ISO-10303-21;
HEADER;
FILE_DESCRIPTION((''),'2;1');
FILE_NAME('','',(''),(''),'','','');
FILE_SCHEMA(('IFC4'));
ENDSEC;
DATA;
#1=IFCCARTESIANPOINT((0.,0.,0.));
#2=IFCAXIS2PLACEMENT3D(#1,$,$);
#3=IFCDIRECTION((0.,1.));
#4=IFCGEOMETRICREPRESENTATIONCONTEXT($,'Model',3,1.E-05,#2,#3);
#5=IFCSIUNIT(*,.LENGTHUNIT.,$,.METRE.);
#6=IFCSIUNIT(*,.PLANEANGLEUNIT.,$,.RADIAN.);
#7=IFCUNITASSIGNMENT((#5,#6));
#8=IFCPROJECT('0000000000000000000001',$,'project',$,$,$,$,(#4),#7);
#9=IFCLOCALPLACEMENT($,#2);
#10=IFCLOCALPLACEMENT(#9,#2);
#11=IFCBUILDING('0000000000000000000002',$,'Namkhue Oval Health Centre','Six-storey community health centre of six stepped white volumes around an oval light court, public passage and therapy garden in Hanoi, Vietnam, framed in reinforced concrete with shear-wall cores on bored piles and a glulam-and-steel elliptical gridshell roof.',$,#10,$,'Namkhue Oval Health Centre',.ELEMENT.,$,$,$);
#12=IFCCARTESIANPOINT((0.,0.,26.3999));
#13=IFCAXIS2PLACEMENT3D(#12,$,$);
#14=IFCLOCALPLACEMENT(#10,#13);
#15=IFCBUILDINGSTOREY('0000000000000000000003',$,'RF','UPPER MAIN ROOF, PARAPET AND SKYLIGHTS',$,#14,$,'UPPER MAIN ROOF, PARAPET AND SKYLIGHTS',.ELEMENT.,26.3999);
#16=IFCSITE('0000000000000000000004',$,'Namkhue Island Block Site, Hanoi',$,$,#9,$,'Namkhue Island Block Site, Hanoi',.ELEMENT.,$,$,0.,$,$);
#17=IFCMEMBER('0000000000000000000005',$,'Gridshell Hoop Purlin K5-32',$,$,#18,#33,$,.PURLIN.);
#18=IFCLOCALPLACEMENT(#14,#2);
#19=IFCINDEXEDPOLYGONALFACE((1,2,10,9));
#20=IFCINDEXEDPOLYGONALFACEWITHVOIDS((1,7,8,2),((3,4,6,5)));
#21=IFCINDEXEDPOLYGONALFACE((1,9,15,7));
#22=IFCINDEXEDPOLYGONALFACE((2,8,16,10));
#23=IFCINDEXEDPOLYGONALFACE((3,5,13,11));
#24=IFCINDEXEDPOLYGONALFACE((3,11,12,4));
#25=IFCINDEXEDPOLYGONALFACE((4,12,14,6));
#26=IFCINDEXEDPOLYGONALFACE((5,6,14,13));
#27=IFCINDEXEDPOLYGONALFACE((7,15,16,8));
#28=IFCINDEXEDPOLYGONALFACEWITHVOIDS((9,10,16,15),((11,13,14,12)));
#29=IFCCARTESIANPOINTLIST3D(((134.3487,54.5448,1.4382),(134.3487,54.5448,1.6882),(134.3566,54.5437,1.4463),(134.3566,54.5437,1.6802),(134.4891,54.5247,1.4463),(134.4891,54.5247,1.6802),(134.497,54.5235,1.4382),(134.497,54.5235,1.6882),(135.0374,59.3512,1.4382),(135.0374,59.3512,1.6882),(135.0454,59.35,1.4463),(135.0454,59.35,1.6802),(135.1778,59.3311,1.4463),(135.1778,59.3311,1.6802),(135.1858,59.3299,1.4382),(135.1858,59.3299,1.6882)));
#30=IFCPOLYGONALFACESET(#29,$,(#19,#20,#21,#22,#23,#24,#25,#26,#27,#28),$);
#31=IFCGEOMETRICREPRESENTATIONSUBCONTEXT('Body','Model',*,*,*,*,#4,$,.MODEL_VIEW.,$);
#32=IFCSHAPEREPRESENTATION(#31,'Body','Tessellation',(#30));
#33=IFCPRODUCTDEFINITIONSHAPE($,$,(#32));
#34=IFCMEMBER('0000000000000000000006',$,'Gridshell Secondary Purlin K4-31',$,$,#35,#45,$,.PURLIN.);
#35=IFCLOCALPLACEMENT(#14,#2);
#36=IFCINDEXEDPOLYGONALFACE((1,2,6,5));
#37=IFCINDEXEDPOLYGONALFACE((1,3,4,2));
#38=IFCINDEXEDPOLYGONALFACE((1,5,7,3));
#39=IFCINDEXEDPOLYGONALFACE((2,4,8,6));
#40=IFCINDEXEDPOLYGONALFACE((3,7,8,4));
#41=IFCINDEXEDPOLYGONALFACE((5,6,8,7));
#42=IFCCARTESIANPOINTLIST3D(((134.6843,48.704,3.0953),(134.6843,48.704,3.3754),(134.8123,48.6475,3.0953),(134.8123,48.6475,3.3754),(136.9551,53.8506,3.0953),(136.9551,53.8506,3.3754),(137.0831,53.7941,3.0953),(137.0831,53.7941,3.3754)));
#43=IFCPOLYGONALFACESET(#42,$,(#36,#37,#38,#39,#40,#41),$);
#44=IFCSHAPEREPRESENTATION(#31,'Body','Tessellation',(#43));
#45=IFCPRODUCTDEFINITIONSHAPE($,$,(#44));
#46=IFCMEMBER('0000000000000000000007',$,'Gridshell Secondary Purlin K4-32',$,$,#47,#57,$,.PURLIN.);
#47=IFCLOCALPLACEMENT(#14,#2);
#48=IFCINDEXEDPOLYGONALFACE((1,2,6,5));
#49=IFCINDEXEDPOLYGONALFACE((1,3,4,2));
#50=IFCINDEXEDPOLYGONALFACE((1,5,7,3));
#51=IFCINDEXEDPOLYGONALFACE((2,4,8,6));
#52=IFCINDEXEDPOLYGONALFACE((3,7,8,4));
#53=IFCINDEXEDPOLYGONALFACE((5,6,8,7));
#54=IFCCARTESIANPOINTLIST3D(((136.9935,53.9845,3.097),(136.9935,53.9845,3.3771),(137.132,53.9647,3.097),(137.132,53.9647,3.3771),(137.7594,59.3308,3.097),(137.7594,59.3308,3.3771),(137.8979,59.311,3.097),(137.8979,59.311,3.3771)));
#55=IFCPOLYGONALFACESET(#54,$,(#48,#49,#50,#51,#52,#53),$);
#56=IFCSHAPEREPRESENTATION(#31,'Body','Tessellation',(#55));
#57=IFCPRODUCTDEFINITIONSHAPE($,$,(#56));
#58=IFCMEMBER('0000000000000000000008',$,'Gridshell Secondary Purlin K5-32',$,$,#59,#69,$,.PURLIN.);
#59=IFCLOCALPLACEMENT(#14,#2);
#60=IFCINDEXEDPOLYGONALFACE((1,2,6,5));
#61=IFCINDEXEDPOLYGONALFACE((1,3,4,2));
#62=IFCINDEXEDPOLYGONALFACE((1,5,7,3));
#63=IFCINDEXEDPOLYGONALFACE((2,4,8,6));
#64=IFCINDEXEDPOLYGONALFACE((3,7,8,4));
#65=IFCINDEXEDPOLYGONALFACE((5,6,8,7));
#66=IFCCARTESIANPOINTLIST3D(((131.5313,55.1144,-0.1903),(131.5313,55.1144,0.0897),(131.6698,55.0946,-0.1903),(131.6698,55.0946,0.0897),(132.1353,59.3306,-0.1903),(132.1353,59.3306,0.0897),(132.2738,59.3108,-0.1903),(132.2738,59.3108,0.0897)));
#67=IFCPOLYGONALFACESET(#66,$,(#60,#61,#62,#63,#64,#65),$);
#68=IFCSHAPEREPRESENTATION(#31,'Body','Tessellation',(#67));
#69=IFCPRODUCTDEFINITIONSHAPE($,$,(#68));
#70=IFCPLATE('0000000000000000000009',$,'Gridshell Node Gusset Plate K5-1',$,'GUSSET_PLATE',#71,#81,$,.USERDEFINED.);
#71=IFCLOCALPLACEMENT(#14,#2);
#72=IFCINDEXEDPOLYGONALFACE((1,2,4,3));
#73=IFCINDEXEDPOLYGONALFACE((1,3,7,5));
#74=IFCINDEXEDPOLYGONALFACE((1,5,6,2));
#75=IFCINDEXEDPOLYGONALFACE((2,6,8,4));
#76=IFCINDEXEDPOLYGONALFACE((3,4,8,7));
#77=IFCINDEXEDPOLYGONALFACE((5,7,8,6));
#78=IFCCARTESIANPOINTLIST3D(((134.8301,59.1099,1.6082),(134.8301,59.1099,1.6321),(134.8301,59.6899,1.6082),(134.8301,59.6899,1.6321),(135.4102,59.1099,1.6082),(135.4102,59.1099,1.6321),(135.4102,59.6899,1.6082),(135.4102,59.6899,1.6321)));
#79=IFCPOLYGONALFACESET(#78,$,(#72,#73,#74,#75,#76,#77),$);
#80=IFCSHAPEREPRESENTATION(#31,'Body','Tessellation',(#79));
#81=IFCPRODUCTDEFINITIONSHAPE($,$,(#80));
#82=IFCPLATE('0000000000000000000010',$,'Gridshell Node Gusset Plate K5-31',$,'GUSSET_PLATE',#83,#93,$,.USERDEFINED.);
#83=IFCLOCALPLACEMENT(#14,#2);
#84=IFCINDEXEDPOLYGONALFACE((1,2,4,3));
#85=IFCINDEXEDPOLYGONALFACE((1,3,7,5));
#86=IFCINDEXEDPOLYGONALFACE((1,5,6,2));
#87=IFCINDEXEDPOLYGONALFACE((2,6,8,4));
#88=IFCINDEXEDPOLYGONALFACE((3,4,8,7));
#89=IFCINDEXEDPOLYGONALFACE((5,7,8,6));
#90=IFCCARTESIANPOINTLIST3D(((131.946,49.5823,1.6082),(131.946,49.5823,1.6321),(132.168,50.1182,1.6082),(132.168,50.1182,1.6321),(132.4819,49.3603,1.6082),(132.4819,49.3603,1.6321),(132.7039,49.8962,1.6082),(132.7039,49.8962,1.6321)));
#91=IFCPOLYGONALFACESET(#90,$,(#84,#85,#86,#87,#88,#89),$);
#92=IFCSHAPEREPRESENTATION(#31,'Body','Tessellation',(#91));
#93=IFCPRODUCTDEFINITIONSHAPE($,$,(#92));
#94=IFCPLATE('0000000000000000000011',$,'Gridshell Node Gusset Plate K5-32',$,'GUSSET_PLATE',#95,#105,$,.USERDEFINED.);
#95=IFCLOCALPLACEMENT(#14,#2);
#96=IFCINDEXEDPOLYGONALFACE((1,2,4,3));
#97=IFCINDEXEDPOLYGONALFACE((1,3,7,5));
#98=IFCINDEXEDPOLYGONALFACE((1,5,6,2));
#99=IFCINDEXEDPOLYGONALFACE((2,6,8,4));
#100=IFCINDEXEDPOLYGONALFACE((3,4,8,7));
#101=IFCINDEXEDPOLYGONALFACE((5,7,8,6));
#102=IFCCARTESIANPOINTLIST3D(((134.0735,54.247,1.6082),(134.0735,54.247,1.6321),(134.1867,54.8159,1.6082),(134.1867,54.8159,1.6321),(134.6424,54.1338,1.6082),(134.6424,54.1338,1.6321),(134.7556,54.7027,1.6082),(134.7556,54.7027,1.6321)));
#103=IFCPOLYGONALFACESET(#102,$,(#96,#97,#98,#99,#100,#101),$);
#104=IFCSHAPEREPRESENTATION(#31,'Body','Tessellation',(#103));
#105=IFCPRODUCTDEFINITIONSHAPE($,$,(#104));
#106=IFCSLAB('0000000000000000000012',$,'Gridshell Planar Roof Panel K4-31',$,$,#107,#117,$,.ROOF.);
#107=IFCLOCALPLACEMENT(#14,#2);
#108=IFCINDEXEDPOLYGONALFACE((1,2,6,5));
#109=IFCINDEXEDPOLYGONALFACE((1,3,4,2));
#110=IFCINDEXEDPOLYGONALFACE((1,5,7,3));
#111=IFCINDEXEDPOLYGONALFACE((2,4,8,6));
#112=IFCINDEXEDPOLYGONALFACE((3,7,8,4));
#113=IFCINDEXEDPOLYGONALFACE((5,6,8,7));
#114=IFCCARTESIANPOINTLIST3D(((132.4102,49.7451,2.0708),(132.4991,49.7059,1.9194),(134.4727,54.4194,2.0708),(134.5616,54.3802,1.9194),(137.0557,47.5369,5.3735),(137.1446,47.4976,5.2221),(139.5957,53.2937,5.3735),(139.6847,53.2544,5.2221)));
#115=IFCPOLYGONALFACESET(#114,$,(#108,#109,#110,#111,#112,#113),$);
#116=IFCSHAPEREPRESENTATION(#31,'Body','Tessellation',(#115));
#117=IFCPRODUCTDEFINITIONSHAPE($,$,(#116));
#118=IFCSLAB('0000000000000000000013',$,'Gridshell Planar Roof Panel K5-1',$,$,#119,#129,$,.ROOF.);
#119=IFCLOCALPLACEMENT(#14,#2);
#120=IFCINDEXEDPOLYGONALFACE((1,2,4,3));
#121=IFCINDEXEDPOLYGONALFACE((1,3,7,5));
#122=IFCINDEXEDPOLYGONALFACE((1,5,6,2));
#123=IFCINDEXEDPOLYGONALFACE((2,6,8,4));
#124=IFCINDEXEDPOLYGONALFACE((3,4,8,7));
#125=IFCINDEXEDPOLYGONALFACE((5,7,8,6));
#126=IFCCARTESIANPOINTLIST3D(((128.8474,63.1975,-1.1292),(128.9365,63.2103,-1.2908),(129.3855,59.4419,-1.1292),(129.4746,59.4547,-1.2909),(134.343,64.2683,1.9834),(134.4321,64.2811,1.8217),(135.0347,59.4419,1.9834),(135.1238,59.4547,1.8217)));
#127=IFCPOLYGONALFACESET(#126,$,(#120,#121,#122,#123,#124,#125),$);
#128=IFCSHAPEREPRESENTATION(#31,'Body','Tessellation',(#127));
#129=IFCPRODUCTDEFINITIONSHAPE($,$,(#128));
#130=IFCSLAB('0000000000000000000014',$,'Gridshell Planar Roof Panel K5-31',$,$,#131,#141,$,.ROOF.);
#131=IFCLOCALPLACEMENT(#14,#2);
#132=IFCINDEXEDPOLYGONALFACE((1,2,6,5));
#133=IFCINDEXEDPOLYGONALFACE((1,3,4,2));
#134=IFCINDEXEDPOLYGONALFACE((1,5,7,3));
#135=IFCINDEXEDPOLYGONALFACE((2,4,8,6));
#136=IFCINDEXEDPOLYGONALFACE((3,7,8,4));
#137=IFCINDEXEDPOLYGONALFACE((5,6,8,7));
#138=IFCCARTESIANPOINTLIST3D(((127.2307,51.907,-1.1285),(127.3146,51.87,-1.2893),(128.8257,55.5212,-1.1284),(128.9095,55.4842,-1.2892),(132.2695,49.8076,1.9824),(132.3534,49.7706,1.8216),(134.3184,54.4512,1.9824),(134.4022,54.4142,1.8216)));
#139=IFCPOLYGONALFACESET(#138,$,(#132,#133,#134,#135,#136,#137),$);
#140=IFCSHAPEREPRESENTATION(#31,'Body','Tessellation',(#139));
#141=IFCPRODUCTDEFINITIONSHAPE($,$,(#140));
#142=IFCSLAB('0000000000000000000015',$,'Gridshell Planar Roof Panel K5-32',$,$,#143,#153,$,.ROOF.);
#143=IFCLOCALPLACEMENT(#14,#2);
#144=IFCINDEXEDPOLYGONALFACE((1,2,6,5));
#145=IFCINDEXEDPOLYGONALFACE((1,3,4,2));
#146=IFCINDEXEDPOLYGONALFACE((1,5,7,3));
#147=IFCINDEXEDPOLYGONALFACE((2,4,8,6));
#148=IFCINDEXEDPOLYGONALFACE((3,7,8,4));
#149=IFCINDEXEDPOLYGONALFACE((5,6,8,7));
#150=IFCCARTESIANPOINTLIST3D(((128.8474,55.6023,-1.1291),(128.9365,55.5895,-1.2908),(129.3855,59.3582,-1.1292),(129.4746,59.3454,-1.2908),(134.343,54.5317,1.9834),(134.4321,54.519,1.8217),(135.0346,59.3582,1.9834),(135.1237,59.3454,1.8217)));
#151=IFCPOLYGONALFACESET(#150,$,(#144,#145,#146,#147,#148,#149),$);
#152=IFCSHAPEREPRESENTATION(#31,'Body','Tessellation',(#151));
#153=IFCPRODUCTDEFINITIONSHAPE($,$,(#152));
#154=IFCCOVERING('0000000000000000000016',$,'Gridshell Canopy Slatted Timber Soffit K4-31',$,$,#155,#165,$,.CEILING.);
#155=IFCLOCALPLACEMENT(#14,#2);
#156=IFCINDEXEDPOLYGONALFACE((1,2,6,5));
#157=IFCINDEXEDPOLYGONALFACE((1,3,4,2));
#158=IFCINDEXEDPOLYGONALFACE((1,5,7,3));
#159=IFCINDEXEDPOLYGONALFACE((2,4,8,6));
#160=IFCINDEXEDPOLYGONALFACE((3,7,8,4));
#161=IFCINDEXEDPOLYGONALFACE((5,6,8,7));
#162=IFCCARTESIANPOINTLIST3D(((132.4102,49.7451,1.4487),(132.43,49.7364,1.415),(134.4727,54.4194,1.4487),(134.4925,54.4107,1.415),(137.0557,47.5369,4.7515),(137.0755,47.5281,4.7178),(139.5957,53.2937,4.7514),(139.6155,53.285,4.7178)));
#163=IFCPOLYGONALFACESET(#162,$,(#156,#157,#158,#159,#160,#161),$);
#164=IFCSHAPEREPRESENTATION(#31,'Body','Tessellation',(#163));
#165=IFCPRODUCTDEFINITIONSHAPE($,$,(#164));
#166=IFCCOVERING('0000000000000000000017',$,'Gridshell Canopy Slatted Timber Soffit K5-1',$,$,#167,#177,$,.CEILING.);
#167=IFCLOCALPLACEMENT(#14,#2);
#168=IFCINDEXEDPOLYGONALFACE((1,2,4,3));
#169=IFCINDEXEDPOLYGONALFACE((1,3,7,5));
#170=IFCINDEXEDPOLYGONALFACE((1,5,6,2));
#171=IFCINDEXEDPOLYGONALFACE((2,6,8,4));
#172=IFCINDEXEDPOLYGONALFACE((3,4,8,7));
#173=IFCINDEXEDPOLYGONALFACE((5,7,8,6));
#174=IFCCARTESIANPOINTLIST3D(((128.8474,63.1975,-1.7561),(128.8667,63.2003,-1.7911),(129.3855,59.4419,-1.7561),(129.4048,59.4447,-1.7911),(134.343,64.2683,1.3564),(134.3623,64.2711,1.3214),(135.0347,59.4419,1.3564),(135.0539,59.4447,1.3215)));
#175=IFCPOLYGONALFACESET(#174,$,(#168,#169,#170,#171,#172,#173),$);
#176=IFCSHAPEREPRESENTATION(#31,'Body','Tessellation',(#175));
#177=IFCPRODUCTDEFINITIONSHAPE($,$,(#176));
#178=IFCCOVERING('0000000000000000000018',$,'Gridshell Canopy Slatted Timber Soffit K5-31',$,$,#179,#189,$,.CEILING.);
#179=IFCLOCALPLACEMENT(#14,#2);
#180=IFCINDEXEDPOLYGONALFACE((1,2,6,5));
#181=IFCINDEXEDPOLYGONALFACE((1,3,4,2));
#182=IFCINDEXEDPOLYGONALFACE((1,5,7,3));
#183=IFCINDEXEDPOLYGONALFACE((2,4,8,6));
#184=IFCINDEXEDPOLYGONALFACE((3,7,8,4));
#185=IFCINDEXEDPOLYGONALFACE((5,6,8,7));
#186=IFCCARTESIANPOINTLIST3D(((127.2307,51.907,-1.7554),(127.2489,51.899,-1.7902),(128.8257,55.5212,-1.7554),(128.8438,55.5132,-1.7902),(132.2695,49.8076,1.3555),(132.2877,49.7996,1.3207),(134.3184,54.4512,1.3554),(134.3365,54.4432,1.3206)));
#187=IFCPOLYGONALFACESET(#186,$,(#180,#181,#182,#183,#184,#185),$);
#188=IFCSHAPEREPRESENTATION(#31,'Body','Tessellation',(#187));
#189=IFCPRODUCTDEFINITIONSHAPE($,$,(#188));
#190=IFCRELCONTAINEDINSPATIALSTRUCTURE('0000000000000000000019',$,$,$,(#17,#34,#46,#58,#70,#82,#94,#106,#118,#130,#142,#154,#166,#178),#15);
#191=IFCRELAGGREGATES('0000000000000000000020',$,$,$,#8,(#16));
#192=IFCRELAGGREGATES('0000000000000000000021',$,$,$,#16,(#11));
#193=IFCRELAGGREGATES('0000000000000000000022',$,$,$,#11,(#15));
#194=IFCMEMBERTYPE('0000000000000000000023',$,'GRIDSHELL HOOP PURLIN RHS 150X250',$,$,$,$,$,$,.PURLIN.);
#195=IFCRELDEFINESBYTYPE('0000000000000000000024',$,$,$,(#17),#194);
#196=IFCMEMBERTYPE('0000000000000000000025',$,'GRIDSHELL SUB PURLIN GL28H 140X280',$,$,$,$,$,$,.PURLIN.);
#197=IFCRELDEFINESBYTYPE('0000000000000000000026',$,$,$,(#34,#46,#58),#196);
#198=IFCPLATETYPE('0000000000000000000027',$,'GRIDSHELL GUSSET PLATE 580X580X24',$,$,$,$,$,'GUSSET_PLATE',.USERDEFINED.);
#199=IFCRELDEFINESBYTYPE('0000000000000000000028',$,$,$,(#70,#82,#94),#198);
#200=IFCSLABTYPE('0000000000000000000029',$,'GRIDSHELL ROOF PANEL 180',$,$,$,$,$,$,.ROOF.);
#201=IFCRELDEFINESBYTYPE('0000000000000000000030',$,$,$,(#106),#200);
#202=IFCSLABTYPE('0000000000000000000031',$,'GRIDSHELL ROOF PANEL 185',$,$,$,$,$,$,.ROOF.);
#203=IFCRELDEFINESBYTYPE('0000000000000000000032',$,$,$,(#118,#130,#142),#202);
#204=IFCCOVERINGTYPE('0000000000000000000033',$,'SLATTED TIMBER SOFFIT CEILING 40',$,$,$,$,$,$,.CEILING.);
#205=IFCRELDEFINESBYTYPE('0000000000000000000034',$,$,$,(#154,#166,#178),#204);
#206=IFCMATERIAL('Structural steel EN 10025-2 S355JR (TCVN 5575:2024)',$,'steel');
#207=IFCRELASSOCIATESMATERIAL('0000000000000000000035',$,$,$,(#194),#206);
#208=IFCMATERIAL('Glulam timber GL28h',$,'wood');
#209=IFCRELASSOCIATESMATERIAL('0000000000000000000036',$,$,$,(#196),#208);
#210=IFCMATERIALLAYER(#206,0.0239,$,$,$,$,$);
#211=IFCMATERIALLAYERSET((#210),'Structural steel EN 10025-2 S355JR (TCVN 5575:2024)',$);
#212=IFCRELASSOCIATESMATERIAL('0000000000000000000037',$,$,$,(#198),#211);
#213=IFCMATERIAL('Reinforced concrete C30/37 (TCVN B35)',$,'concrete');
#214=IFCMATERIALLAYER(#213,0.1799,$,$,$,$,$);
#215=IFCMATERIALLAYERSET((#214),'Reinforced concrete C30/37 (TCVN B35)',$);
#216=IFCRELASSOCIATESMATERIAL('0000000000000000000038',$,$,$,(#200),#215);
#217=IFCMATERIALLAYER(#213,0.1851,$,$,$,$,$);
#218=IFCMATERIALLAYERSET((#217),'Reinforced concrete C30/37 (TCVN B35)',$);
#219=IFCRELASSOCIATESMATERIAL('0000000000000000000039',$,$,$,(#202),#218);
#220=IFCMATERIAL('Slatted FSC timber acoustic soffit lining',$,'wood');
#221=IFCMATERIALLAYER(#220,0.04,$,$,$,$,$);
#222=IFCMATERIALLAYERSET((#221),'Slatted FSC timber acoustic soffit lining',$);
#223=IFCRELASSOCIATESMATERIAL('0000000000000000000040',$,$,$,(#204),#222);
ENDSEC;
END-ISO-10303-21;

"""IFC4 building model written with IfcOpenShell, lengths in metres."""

from ifc_helpers import new_model, si_unit, direction, frame, origin, origin_2d, place, context, subcontext, project, spatial, polyline, rectangle, hollow_rectangle, outline, extrude, material, layer, layer_set, material_profile, profile_set, type_object, element, save


model = new_model("IFC4")

# Units and contexts
model_context = context("Model", 3, precision=1e-05, world=origin(), true_north=direction((0.0, 1.0)))
body_context = subcontext(model_context, "Body", "Model", "MODEL_VIEW")
ifc_project = project(units=[si_unit("LENGTHUNIT", "METRE"), si_unit("PLANEANGLEUNIT", "RADIAN")], contexts=[model_context])

# Site, building, storey
site_placement = place(None, origin())
site = spatial("IfcSite", under=ifc_project, at=site_placement, Name="Namkhue Island Block Site, Hanoi", LongName="Namkhue Island Block Site, Hanoi", CompositionType="ELEMENT", RefElevation=0.0)
building_placement = place(site_placement, origin())
building = spatial("IfcBuilding", under=site, at=building_placement, Name="Namkhue Oval Health Centre", Description="Six-storey community health centre of six stepped white volumes around an oval light court, public passage and therapy garden in Hanoi, Vietnam, framed in reinforced concrete with shear-wall cores on bored piles and a glulam-and-steel elliptical gridshell roof.", LongName="Namkhue Oval Health Centre", CompositionType="ELEMENT")
storey_placement = place(building_placement, frame((0.0, 0.0, 26.3999)))
storey = spatial("IfcBuildingStorey", under=building, at=storey_placement, Name="RF", Description="UPPER MAIN ROOF, PARAPET AND SKYLIGHTS", LongName="UPPER MAIN ROOF, PARAPET AND SKYLIGHTS", CompositionType="ELEMENT", Elevation=26.3999)

# Members
ifc_material_1 = material(Name="Structural steel EN 10025-2 S355JR (TCVN 5575:2024)", Category="steel")
ifc_material_profile_1 = material_profile(ifc_material_1, hollow_rectangle(XDim=0.1499, YDim=0.25, WallThickness=0.0081, at=origin_2d()), Name="RHS 150x250x8")
ifc_profile_set_1 = profile_set([ifc_material_profile_1], Name="Structural steel EN 10025-2 S355JR (TCVN 5575:2024)")
member_type_1 = type_object("IfcMemberType", Name="GRIDSHELL HOOP PURLIN RHS 150X250", PredefinedType="PURLIN", material=ifc_profile_set_1)
member_1_placement = place(storey_placement, frame((134.4229, 54.5342, 1.5632), z_axis=(0.141844, 0.989889, 0.0), x_axis=(-0.989889, 0.141844, 0.0)))
element("IfcMember", 1, at=member_1_placement, inside=storey, type_object=member_type_1, Name="Gridshell Hoop Purlin K5-32", PredefinedType="PURLIN", context=body_context, shape_type="SweptSolid", body=[
    extrude(hollow_rectangle(XDim=0.1499, YDim=0.25, WallThickness=0.0081, at=origin_2d()), origin(), (0.0, 0.0, 1.0), 4.8555),
])
ifc_material_2 = material(Name="Glulam timber GL28h", Category="wood")
ifc_material_profile_2 = material_profile(ifc_material_2, rectangle(XDim=0.1399, YDim=0.28, at=origin_2d()), Name="GL28h 140x280")
ifc_profile_set_2 = profile_set([ifc_material_profile_2], Name="Glulam timber GL28h")
member_type_2 = type_object("IfcMemberType", Name="GRIDSHELL SUB PURLIN GL28H 140X280", PredefinedType="PURLIN", material=ifc_profile_set_2)
member_2_placement = place(storey_placement, frame((134.7483, 48.6758, 3.2354), z_axis=(0.403677, 0.914902, 0.0), x_axis=(-0.914902, 0.403677, 0.0)))
element("IfcMember", 2, at=member_2_placement, inside=storey, type_object=member_type_2, Name="Gridshell Secondary Purlin K4-31", PredefinedType="PURLIN", context=body_context, shape_type="SweptSolid", body=[
    extrude(rectangle(XDim=0.1399, YDim=0.28, at=origin_2d()), origin(), (0.0, 0.0, 1.0), 5.6252),
])
member_3_placement = place(storey_placement, frame((137.0627, 53.9746, 3.2371), z_axis=(0.141807, 0.989894, 0.0), x_axis=(-0.989894, 0.141807, 0.0)))
element("IfcMember", 3, at=member_3_placement, inside=storey, type_object=member_type_2, Name="Gridshell Secondary Purlin K4-32", PredefinedType="PURLIN", context=body_context, shape_type="SweptSolid", body=[
    extrude(rectangle(XDim=0.1399, YDim=0.28, at=origin_2d()), origin(), (0.0, 0.0, 1.0), 5.4009),
])
member_4_placement = place(storey_placement, frame((131.6006, 55.1045, -0.0503), z_axis=(0.141807, 0.989894, 0.0), x_axis=(-0.989894, 0.141807, 0.0)))
element("IfcMember", 4, at=member_4_placement, inside=storey, type_object=member_type_2, Name="Gridshell Secondary Purlin K5-32", PredefinedType="PURLIN", context=body_context, shape_type="SweptSolid", body=[
    extrude(rectangle(XDim=0.1399, YDim=0.28, at=origin_2d()), origin(), (0.0, 0.0, 1.0), 4.2593),
])

# Plates
ifc_layer_1 = layer(ifc_material_1, 0.0239)
ifc_layer_set_1 = layer_set([ifc_layer_1], Name="Structural steel EN 10025-2 S355JR (TCVN 5575:2024)")
plate_type = type_object("IfcPlateType", Name="GRIDSHELL GUSSET PLATE 580X580X24", ElementType="GUSSET_PLATE", PredefinedType="USERDEFINED", material=ifc_layer_set_1)
for number, where, z_axis, x_axis, name in (
    (5, (135.1201, 59.3999, 1.6082), (0.0, 0.0, 1.0), (1.0, 0.0, 0.0), "Gridshell Node Gusset Plate K5-1"),
    (6, (132.325, 49.7393, 1.6082), (0.0, 0.0, 1.0), (0.92388, -0.382683, 0.0), "Gridshell Node Gusset Plate K5-31"),
    (7, (134.4146, 54.4749, 1.6082), (0.0, 0.0, 1.0), (0.980785, -0.19509, 0.0), "Gridshell Node Gusset Plate K5-32"),
):
    element("IfcPlate", number, at=place(storey_placement, frame(where, z_axis=z_axis, x_axis=x_axis)), inside=storey, type_object=plate_type, Name=name, ObjectType="GUSSET_PLATE", PredefinedType="USERDEFINED", context=body_context, shape_type="SweptSolid", body=[
        extrude(rectangle(XDim=0.5801, YDim=0.5801, at=origin_2d()), origin(), (0.0, 0.0, 1.0), 0.0239),
    ])

# Slabs
ifc_material_3 = material(Name="Reinforced concrete C30/37 (TCVN B35)", Category="concrete")
ifc_layer_2 = layer(ifc_material_3, 0.1799)
ifc_layer_set_2 = layer_set([ifc_layer_2], Name="Reinforced concrete C30/37 (TCVN B35)")
slab_type_1 = type_object("IfcSlabType", Name="GRIDSHELL ROOF PANEL 180", PredefinedType="ROOF", material=ifc_layer_set_2)
slab_1_placement = place(storey_placement, frame((137.0557, 47.5369, 5.3735), z_axis=(-0.494469, 0.218174, 0.841368), x_axis=(0.403677, 0.914902, -0.000003)))
element("IfcSlab", 8, at=slab_1_placement, inside=storey, type_object=slab_type_1, Name="Gridshell Planar Roof Panel K4-31", PredefinedType="ROOF", context=body_context, shape_type="SweptSolid", body=[
    extrude(outline(polyline([(0.0, 0.0), (6.2923, 0.0), (5.2542, 6.1109), (0.1451, 6.111), (0.0, 0.0)])), origin(), (0.0, 0.0, -1.0), 0.1799),
])
ifc_layer_3 = layer(ifc_material_3, 0.1851)
ifc_layer_set_3 = layer_set([ifc_layer_3], Name="Reinforced concrete C30/37 (TCVN B35)")
slab_type_2 = type_object("IfcSlabType", Name="GRIDSHELL ROOF PANEL 185", PredefinedType="ROOF", material=ifc_layer_set_3)
slab_2_placement = place(storey_placement, frame((135.0347, 59.4419, 1.9834), z_axis=(-0.481428, -0.068985, 0.873766), x_axis=(-0.141853, 0.989888, -0.000005)))
element("IfcSlab", 9, at=slab_2_placement, inside=storey, type_object=slab_type_2, Name="Gridshell Planar Roof Panel K5-1", PredefinedType="ROOF", context=body_context, shape_type="SweptSolid", body=[
    extrude(outline(polyline([(0.0, 0.0), (4.8757, 0.0), (4.5953, 6.3998), (0.8014, 6.3999), (0.0, 0.0)])), origin(), (0.0, 0.0, -1.0), 0.1851),
])
slab_3_placement = place(storey_placement, frame((132.2695, 49.8076, 1.9824), z_axis=(-0.453074, 0.199921, 0.868766), x_axis=(0.40368, 0.9149, -0.000013)))
element("IfcSlab", 10, at=slab_3_placement, inside=storey, type_object=slab_type_2, Name="Gridshell Planar Roof Panel K5-31", PredefinedType="ROOF", context=body_context, shape_type="SweptSolid", body=[
    extrude(outline(polyline([(0.0, 0.0), (5.0755, 0.0), (3.8372, 6.2816), (-0.1133, 6.2818), (0.0, 0.0)])), origin(), (0.0, 0.0, -1.0), 0.1851),
])
slab_4_placement = place(storey_placement, frame((134.343, 54.5317, 1.9834), z_axis=(-0.48143, 0.068983, 0.873766), x_axis=(0.141852, 0.989888, 0.000007)))
element("IfcSlab", 11, at=slab_4_placement, inside=storey, type_object=slab_type_2, Name="Gridshell Planar Roof Panel K5-32", PredefinedType="ROOF", context=body_context, shape_type="SweptSolid", body=[
    extrude(outline(polyline([(0.0, 0.0), (4.8757, 0.0), (4.0744, 6.3999), (0.2801, 6.3998), (0.0, 0.0)])), origin(), (0.0, 0.0, -1.0), 0.1851),
])

# Coverings
ifc_material_4 = material(Name="Slatted FSC timber acoustic soffit lining", Category="wood")
ifc_layer_4 = layer(ifc_material_4, 0.04)
ifc_layer_set_4 = layer_set([ifc_layer_4], Name="Slatted FSC timber acoustic soffit lining")
covering_type_1 = type_object("IfcCoveringType", Name="SLATTED TIMBER SOFFIT CEILING 40", PredefinedType="CEILING", material=ifc_layer_set_4)
covering_1_placement = place(storey_placement, frame((137.0557, 47.5369, 4.7515), z_axis=(-0.494469, 0.218174, 0.841368), x_axis=(0.403677, 0.914902, -0.000003)))
element("IfcCovering", 12, at=covering_1_placement, inside=storey, type_object=covering_type_1, Name="Gridshell Canopy Slatted Timber Soffit K4-31", PredefinedType="CEILING", context=body_context, shape_type="SweptSolid", body=[
    extrude(outline(polyline([(0.0, 0.0), (6.2923, 0.0), (5.2542, 6.1109), (0.1451, 6.111), (0.0, 0.0)])), origin(), (0.0, 0.0, -1.0), 0.04),
])
covering_2_placement = place(storey_placement, frame((135.0347, 59.4419, 1.3564), z_axis=(-0.481428, -0.068985, 0.873766), x_axis=(-0.141853, 0.989888, -0.000005)))
element("IfcCovering", 13, at=covering_2_placement, inside=storey, type_object=covering_type_1, Name="Gridshell Canopy Slatted Timber Soffit K5-1", PredefinedType="CEILING", context=body_context, shape_type="SweptSolid", body=[
    extrude(outline(polyline([(0.0, 0.0), (4.8757, 0.0), (4.5953, 6.3998), (0.8014, 6.3999), (0.0, 0.0)])), origin(), (0.0, 0.0, -1.0), 0.04),
])
covering_3_placement = place(storey_placement, frame((132.2695, 49.8076, 1.3555), z_axis=(-0.453074, 0.199921, 0.868766), x_axis=(0.40368, 0.9149, -0.000013)))
element("IfcCovering", 14, at=covering_3_placement, inside=storey, type_object=covering_type_1, Name="Gridshell Canopy Slatted Timber Soffit K5-31", PredefinedType="CEILING", context=body_context, shape_type="SweptSolid", body=[
    extrude(outline(polyline([(0.0, 0.0), (5.0755, 0.0), (3.8372, 6.2816), (-0.1133, 6.2818), (0.0, 0.0)])), origin(), (0.0, 0.0, -1.0), 0.04),
])

save(model, "model.ifc")
